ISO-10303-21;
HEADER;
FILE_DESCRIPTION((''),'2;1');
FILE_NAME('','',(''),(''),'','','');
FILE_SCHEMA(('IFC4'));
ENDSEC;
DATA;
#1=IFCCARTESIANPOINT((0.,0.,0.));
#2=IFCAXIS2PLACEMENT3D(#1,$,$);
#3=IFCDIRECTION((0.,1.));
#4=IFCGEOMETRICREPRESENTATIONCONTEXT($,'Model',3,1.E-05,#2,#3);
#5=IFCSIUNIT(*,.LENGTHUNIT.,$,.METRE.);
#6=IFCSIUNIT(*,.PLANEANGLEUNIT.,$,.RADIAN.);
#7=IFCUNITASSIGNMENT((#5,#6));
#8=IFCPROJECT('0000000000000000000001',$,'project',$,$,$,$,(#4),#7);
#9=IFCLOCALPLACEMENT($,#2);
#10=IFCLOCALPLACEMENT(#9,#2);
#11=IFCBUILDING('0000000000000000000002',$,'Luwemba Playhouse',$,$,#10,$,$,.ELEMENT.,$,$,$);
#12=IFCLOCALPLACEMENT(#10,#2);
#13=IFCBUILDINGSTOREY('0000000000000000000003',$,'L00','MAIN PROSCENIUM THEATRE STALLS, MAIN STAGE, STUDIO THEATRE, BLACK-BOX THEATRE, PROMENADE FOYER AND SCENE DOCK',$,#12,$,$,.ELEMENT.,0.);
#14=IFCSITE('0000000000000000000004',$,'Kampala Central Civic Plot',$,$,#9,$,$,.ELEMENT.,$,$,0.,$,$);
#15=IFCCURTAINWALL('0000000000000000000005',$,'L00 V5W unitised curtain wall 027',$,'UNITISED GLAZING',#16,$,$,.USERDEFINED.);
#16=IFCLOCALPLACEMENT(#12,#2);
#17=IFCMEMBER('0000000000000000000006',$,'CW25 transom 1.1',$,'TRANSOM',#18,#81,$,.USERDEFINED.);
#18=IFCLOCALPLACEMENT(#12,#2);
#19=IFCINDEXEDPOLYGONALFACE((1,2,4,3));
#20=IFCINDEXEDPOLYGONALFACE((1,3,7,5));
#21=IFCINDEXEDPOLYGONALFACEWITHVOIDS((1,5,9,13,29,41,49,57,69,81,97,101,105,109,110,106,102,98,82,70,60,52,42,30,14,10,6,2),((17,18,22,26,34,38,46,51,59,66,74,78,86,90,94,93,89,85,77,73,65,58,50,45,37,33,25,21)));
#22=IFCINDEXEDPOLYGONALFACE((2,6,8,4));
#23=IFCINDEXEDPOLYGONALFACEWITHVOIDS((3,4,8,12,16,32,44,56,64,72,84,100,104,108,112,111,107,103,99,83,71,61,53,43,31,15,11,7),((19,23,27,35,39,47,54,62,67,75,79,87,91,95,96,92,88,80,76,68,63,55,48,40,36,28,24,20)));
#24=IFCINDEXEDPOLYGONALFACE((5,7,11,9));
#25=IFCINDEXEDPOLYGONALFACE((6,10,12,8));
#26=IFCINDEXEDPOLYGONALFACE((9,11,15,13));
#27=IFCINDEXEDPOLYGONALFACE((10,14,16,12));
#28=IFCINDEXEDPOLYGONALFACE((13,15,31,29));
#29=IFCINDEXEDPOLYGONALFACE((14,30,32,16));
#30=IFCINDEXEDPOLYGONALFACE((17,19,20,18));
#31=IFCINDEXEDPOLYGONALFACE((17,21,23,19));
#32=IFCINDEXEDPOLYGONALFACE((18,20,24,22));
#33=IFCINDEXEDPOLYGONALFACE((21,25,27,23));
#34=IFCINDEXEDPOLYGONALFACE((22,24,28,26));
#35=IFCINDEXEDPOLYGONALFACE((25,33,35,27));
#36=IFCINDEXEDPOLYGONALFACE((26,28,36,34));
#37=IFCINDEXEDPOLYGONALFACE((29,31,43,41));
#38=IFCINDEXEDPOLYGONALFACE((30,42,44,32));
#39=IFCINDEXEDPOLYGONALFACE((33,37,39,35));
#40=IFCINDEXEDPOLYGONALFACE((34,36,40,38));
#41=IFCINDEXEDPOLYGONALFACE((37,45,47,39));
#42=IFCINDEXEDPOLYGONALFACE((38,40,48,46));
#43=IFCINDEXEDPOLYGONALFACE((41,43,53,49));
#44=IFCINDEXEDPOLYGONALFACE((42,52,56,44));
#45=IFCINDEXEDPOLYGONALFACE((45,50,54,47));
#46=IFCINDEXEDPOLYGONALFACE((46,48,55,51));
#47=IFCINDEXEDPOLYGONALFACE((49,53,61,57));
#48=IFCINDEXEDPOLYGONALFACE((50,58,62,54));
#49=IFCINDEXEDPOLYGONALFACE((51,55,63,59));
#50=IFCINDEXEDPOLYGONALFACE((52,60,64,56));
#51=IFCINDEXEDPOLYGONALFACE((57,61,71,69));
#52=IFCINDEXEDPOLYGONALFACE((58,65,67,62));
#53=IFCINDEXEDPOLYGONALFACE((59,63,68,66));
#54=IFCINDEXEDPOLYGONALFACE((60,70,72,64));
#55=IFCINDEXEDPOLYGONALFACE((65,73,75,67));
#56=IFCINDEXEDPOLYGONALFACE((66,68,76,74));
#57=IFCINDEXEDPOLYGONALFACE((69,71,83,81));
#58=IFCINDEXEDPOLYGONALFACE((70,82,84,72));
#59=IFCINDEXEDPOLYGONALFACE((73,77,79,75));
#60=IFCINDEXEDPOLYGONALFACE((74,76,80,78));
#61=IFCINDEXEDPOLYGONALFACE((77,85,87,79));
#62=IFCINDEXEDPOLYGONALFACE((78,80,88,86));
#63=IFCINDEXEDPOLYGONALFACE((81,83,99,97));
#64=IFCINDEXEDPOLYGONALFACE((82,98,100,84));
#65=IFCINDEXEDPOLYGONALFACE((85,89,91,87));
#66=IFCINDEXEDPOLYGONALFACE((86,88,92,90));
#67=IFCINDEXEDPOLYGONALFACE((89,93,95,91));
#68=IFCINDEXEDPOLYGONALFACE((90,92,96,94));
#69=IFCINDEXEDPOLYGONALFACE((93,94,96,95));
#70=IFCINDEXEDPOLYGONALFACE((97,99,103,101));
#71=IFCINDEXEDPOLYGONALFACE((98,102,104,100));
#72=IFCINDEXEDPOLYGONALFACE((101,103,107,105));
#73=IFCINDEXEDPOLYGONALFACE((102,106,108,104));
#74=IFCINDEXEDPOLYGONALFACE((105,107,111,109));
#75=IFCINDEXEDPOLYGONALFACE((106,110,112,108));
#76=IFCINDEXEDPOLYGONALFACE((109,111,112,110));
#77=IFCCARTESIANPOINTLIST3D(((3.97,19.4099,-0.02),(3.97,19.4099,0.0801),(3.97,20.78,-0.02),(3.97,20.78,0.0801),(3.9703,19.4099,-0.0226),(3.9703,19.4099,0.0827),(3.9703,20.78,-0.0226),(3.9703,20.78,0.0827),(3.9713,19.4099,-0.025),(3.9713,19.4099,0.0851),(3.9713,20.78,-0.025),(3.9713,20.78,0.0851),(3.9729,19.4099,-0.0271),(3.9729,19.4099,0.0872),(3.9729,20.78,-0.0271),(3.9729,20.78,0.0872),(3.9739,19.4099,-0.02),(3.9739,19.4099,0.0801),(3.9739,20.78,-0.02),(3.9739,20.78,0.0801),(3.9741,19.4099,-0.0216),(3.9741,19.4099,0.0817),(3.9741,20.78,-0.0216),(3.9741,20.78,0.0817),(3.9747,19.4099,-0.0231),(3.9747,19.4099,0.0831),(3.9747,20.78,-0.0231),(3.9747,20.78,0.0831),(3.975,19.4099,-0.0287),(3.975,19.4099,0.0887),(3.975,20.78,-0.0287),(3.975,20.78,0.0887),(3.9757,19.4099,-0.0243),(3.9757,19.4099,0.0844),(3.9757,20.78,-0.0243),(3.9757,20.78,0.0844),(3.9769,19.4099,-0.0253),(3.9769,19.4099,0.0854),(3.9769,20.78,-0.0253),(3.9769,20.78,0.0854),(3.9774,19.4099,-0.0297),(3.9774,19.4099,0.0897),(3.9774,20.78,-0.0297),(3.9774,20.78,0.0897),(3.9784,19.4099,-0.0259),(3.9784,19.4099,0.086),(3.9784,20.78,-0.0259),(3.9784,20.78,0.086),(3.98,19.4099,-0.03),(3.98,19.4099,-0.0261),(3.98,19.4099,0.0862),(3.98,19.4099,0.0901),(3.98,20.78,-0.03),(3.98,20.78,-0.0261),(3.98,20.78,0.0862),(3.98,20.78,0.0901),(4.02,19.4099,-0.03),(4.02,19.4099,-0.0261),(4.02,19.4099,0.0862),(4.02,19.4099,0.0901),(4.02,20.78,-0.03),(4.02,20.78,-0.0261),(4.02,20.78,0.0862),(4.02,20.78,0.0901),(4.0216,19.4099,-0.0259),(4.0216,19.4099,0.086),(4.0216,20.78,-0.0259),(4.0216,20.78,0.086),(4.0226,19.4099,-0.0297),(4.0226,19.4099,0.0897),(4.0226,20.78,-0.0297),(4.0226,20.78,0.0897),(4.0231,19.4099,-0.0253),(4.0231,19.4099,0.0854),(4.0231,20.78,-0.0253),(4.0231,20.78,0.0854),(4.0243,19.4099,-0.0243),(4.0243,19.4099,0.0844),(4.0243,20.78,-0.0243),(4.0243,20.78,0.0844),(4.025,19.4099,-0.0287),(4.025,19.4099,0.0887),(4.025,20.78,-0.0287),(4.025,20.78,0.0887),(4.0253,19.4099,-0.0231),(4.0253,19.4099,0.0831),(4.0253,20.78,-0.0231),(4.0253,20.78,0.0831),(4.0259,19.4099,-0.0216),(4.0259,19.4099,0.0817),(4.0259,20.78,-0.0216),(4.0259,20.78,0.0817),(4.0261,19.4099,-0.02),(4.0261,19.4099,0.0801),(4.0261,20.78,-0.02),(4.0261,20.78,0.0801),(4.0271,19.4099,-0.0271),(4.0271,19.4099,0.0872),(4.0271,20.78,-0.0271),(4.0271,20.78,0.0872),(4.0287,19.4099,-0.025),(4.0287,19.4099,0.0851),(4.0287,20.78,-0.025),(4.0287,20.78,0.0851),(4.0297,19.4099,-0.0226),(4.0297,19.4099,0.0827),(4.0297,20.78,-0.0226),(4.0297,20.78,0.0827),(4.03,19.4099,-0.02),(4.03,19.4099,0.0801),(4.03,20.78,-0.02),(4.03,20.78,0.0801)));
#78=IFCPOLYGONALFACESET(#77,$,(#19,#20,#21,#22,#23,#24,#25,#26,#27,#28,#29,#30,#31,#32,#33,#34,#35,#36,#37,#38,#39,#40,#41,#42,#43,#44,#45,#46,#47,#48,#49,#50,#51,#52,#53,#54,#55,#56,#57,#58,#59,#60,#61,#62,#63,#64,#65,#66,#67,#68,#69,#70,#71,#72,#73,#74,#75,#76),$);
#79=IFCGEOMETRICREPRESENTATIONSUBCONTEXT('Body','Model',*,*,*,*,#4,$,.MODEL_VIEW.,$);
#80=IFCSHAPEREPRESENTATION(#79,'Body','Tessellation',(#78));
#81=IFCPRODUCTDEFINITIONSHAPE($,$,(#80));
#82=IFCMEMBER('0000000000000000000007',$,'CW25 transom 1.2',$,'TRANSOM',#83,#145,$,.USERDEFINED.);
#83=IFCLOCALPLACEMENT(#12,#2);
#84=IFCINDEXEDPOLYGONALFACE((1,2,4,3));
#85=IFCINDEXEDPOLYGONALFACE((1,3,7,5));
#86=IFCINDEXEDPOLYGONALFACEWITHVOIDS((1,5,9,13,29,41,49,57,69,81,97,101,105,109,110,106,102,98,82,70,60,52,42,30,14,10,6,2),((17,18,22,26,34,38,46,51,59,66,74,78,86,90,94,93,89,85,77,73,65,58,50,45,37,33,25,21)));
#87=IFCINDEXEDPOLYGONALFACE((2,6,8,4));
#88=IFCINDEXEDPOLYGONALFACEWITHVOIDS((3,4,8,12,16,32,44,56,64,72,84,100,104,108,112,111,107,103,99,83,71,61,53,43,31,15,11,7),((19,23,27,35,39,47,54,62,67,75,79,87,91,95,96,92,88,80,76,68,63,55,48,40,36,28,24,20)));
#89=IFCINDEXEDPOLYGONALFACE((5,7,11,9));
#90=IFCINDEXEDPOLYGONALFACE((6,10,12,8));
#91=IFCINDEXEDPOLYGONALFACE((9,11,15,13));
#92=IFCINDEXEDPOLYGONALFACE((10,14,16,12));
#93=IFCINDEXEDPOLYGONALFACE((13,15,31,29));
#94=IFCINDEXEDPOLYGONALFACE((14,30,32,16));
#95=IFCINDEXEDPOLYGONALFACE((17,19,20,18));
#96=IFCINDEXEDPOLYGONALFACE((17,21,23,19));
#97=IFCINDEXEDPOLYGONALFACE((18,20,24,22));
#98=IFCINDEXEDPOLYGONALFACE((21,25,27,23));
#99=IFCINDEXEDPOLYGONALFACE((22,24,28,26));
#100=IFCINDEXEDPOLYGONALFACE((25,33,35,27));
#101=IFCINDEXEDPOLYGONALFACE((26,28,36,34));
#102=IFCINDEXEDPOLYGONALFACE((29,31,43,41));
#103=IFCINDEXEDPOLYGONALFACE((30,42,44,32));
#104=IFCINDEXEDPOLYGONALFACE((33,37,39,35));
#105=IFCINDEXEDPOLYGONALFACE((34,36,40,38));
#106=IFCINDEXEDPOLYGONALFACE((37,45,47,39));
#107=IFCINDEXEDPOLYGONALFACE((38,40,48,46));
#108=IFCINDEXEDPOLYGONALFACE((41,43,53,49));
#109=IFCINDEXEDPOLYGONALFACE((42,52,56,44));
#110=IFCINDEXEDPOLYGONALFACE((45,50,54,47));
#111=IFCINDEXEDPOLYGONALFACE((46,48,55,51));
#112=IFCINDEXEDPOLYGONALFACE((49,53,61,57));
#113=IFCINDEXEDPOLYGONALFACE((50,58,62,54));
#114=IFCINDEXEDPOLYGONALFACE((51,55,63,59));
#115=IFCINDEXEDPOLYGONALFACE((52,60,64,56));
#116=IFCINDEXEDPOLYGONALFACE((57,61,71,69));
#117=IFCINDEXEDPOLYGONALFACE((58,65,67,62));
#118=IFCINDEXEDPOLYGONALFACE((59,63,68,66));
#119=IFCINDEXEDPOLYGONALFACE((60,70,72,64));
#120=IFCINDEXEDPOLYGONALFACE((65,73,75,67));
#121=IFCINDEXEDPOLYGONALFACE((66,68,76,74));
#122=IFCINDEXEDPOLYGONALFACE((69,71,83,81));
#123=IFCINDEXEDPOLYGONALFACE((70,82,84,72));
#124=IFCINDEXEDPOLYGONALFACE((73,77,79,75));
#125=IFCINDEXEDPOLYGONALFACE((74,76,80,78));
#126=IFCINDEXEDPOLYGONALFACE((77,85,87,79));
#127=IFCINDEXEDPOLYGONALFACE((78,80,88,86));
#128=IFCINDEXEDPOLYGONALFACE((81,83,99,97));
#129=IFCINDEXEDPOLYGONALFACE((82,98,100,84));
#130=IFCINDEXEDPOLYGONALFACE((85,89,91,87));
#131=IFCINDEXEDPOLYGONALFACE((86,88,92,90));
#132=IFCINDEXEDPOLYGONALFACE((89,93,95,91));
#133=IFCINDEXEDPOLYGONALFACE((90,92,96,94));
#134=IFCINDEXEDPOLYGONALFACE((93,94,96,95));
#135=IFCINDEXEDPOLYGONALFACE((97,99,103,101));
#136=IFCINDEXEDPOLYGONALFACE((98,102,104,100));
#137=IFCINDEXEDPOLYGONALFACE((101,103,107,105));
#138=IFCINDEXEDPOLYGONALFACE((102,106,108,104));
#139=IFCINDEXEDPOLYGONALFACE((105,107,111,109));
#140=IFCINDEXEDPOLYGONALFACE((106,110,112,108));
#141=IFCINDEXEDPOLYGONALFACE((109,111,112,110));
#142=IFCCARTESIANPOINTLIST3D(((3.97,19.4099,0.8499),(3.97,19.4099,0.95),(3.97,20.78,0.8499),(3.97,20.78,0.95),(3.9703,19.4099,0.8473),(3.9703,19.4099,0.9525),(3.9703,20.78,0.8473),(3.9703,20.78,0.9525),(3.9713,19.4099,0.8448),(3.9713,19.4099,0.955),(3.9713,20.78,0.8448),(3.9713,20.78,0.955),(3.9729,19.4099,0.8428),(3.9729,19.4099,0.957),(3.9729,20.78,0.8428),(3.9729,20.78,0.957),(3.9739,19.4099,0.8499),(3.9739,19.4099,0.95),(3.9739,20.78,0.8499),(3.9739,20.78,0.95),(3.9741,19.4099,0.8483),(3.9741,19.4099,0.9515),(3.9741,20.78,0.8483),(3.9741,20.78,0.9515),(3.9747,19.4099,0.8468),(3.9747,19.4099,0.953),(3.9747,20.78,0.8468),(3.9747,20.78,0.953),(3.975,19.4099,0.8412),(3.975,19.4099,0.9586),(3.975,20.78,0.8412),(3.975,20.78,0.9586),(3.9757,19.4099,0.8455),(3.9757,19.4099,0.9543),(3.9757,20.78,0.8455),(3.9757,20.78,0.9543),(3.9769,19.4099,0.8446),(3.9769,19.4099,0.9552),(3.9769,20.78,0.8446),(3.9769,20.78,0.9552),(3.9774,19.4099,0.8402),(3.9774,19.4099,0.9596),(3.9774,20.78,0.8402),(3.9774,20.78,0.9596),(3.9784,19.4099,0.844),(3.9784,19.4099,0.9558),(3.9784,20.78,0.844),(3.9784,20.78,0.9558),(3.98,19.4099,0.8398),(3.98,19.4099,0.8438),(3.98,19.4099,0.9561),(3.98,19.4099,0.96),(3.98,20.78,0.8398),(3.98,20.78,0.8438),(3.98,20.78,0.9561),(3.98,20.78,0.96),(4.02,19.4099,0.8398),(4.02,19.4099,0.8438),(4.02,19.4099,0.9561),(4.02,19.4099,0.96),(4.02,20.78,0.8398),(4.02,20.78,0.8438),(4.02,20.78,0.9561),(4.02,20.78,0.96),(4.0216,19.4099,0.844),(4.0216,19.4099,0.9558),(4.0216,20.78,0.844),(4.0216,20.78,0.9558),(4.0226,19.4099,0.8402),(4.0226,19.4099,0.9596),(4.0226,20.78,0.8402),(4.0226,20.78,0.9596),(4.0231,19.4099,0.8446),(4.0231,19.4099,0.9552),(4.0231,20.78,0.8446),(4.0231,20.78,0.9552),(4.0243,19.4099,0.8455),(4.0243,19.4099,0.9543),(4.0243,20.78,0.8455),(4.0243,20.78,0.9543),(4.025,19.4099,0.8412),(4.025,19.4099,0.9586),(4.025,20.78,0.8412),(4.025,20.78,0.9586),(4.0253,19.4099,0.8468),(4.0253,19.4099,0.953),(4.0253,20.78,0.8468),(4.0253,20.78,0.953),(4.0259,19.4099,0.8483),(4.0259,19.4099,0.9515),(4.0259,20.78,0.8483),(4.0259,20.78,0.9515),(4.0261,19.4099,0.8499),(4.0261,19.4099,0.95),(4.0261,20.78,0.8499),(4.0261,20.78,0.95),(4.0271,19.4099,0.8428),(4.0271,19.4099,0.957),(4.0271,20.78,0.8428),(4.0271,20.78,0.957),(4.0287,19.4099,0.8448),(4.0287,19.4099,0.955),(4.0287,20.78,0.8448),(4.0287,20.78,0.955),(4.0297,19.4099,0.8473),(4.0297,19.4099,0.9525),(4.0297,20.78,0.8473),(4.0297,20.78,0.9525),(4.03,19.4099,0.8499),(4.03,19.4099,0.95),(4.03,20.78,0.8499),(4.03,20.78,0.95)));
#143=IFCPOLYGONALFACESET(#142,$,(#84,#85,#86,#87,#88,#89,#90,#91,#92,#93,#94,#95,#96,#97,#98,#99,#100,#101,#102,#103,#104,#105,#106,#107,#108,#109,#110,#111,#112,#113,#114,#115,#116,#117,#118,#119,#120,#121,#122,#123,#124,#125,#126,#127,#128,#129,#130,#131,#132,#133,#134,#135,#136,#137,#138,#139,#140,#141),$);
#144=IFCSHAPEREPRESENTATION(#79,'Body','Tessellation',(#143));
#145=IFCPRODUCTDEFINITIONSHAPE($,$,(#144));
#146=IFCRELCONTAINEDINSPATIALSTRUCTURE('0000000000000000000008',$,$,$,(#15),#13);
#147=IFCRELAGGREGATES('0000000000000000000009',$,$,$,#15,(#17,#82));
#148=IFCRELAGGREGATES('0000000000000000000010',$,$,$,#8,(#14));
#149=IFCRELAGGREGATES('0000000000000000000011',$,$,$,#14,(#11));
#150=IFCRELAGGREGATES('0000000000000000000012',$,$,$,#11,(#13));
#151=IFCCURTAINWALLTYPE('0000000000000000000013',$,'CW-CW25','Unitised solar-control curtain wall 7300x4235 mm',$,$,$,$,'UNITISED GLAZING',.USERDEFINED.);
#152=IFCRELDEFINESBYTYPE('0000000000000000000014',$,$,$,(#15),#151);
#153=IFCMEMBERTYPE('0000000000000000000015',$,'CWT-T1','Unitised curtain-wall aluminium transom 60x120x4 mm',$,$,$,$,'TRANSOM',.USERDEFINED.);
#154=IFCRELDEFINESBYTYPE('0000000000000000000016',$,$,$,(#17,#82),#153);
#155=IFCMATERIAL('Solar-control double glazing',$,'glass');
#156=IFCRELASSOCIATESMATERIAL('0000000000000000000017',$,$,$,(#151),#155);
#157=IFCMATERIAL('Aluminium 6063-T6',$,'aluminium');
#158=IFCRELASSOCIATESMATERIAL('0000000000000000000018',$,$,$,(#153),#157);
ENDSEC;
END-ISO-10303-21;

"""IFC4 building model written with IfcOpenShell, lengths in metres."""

from ifc_helpers import new_model, si_unit, direction, frame, origin, origin_2d, place, context, subcontext, project, spatial, hollow_rectangle, extrude, material, material_profile, profile_set, type_object, element, aggregate, save


model = new_model("IFC4")

# Units and contexts
model_context = context("Model", 3, precision=1e-05, world=origin(), true_north=direction((0.0, 1.0)))
body_context = subcontext(model_context, "Body", "Model", "MODEL_VIEW")
ifc_project = project(units=[si_unit("LENGTHUNIT", "METRE"), si_unit("PLANEANGLEUNIT", "RADIAN")], contexts=[model_context])

# Site, building, storey
site_placement = place(None, origin())
site = spatial("IfcSite", under=ifc_project, at=site_placement, Name="Kampala Central Civic Plot", CompositionType="ELEMENT", RefElevation=0.0)
building_placement = place(site_placement, origin())
building = spatial("IfcBuilding", under=site, at=building_placement, Name="Luwemba Playhouse", CompositionType="ELEMENT")
storey_placement = place(building_placement, origin())
storey = spatial("IfcBuildingStorey", under=building, at=storey_placement, Name="L00", Description="MAIN PROSCENIUM THEATRE STALLS, MAIN STAGE, STUDIO THEATRE, BLACK-BOX THEATRE, PROMENADE FOYER AND SCENE DOCK", CompositionType="ELEMENT", Elevation=0.0)

# Curtain wall, members
ifc_material_1 = material(Name="Solar-control double glazing", Category="glass")
curtain_wall_type = type_object("IfcCurtainWallType", Name="CW-CW25", Description="Unitised solar-control curtain wall 7300x4235 mm", ElementType="UNITISED GLAZING", PredefinedType="USERDEFINED", material=ifc_material_1)
curtain_wall_placement = place(storey_placement, origin())
curtain_wall = element("IfcCurtainWall", 1, at=curtain_wall_placement, inside=storey, type_object=curtain_wall_type, Name="L00 V5W unitised curtain wall 027", ObjectType="UNITISED GLAZING", PredefinedType="USERDEFINED")
ifc_material_2 = material(Name="Aluminium 6063-T6", Category="aluminium")
ifc_material_profile_1 = material_profile(ifc_material_2, hollow_rectangle(XDim=0.0601, YDim=0.1201, WallThickness=0.0039, InnerFilletRadius=0.0061, OuterFilletRadius=0.01, at=origin_2d()))
ifc_profile_set_1 = profile_set([ifc_material_profile_1], Name="Aluminium 6063-T6")
member_type_1 = type_object("IfcMemberType", Name="CWT-T1", Description="Unitised curtain-wall aluminium transom 60x120x4 mm", ElementType="TRANSOM", PredefinedType="USERDEFINED", material=ifc_profile_set_1)
member_1_placement = place(storey_placement, frame((4.0, 19.4099, 0.03), z_axis=(0.0, 1.0, 0.0), x_axis=(-1.0, 0.0, 0.0)))
member_1 = element("IfcMember", 2, at=member_1_placement, type_object=member_type_1, Name="CW25 transom 1.1", ObjectType="TRANSOM", PredefinedType="USERDEFINED", context=body_context, shape_type="SweptSolid", body=[
    extrude(hollow_rectangle(XDim=0.0601, YDim=0.1201, WallThickness=0.0039, InnerFilletRadius=0.0061, OuterFilletRadius=0.01, at=origin_2d()), origin(), (0.0, 0.0, 1.0), 1.3701),
])
member_2_placement = place(storey_placement, frame((4.0, 19.4099, 0.8999), z_axis=(0.0, 1.0, 0.0), x_axis=(-1.0, 0.0, 0.0)))
member_2 = element("IfcMember", 3, at=member_2_placement, type_object=member_type_1, Name="CW25 transom 1.2", ObjectType="TRANSOM", PredefinedType="USERDEFINED", context=body_context, shape_type="SweptSolid", body=[
    extrude(hollow_rectangle(XDim=0.0601, YDim=0.1201, WallThickness=0.0039, InnerFilletRadius=0.0061, OuterFilletRadius=0.01, at=origin_2d()), origin(), (0.0, 0.0, 1.0), 1.3701),
])
aggregate(curtain_wall, [member_1, member_2])

save(model, "model.ifc")
